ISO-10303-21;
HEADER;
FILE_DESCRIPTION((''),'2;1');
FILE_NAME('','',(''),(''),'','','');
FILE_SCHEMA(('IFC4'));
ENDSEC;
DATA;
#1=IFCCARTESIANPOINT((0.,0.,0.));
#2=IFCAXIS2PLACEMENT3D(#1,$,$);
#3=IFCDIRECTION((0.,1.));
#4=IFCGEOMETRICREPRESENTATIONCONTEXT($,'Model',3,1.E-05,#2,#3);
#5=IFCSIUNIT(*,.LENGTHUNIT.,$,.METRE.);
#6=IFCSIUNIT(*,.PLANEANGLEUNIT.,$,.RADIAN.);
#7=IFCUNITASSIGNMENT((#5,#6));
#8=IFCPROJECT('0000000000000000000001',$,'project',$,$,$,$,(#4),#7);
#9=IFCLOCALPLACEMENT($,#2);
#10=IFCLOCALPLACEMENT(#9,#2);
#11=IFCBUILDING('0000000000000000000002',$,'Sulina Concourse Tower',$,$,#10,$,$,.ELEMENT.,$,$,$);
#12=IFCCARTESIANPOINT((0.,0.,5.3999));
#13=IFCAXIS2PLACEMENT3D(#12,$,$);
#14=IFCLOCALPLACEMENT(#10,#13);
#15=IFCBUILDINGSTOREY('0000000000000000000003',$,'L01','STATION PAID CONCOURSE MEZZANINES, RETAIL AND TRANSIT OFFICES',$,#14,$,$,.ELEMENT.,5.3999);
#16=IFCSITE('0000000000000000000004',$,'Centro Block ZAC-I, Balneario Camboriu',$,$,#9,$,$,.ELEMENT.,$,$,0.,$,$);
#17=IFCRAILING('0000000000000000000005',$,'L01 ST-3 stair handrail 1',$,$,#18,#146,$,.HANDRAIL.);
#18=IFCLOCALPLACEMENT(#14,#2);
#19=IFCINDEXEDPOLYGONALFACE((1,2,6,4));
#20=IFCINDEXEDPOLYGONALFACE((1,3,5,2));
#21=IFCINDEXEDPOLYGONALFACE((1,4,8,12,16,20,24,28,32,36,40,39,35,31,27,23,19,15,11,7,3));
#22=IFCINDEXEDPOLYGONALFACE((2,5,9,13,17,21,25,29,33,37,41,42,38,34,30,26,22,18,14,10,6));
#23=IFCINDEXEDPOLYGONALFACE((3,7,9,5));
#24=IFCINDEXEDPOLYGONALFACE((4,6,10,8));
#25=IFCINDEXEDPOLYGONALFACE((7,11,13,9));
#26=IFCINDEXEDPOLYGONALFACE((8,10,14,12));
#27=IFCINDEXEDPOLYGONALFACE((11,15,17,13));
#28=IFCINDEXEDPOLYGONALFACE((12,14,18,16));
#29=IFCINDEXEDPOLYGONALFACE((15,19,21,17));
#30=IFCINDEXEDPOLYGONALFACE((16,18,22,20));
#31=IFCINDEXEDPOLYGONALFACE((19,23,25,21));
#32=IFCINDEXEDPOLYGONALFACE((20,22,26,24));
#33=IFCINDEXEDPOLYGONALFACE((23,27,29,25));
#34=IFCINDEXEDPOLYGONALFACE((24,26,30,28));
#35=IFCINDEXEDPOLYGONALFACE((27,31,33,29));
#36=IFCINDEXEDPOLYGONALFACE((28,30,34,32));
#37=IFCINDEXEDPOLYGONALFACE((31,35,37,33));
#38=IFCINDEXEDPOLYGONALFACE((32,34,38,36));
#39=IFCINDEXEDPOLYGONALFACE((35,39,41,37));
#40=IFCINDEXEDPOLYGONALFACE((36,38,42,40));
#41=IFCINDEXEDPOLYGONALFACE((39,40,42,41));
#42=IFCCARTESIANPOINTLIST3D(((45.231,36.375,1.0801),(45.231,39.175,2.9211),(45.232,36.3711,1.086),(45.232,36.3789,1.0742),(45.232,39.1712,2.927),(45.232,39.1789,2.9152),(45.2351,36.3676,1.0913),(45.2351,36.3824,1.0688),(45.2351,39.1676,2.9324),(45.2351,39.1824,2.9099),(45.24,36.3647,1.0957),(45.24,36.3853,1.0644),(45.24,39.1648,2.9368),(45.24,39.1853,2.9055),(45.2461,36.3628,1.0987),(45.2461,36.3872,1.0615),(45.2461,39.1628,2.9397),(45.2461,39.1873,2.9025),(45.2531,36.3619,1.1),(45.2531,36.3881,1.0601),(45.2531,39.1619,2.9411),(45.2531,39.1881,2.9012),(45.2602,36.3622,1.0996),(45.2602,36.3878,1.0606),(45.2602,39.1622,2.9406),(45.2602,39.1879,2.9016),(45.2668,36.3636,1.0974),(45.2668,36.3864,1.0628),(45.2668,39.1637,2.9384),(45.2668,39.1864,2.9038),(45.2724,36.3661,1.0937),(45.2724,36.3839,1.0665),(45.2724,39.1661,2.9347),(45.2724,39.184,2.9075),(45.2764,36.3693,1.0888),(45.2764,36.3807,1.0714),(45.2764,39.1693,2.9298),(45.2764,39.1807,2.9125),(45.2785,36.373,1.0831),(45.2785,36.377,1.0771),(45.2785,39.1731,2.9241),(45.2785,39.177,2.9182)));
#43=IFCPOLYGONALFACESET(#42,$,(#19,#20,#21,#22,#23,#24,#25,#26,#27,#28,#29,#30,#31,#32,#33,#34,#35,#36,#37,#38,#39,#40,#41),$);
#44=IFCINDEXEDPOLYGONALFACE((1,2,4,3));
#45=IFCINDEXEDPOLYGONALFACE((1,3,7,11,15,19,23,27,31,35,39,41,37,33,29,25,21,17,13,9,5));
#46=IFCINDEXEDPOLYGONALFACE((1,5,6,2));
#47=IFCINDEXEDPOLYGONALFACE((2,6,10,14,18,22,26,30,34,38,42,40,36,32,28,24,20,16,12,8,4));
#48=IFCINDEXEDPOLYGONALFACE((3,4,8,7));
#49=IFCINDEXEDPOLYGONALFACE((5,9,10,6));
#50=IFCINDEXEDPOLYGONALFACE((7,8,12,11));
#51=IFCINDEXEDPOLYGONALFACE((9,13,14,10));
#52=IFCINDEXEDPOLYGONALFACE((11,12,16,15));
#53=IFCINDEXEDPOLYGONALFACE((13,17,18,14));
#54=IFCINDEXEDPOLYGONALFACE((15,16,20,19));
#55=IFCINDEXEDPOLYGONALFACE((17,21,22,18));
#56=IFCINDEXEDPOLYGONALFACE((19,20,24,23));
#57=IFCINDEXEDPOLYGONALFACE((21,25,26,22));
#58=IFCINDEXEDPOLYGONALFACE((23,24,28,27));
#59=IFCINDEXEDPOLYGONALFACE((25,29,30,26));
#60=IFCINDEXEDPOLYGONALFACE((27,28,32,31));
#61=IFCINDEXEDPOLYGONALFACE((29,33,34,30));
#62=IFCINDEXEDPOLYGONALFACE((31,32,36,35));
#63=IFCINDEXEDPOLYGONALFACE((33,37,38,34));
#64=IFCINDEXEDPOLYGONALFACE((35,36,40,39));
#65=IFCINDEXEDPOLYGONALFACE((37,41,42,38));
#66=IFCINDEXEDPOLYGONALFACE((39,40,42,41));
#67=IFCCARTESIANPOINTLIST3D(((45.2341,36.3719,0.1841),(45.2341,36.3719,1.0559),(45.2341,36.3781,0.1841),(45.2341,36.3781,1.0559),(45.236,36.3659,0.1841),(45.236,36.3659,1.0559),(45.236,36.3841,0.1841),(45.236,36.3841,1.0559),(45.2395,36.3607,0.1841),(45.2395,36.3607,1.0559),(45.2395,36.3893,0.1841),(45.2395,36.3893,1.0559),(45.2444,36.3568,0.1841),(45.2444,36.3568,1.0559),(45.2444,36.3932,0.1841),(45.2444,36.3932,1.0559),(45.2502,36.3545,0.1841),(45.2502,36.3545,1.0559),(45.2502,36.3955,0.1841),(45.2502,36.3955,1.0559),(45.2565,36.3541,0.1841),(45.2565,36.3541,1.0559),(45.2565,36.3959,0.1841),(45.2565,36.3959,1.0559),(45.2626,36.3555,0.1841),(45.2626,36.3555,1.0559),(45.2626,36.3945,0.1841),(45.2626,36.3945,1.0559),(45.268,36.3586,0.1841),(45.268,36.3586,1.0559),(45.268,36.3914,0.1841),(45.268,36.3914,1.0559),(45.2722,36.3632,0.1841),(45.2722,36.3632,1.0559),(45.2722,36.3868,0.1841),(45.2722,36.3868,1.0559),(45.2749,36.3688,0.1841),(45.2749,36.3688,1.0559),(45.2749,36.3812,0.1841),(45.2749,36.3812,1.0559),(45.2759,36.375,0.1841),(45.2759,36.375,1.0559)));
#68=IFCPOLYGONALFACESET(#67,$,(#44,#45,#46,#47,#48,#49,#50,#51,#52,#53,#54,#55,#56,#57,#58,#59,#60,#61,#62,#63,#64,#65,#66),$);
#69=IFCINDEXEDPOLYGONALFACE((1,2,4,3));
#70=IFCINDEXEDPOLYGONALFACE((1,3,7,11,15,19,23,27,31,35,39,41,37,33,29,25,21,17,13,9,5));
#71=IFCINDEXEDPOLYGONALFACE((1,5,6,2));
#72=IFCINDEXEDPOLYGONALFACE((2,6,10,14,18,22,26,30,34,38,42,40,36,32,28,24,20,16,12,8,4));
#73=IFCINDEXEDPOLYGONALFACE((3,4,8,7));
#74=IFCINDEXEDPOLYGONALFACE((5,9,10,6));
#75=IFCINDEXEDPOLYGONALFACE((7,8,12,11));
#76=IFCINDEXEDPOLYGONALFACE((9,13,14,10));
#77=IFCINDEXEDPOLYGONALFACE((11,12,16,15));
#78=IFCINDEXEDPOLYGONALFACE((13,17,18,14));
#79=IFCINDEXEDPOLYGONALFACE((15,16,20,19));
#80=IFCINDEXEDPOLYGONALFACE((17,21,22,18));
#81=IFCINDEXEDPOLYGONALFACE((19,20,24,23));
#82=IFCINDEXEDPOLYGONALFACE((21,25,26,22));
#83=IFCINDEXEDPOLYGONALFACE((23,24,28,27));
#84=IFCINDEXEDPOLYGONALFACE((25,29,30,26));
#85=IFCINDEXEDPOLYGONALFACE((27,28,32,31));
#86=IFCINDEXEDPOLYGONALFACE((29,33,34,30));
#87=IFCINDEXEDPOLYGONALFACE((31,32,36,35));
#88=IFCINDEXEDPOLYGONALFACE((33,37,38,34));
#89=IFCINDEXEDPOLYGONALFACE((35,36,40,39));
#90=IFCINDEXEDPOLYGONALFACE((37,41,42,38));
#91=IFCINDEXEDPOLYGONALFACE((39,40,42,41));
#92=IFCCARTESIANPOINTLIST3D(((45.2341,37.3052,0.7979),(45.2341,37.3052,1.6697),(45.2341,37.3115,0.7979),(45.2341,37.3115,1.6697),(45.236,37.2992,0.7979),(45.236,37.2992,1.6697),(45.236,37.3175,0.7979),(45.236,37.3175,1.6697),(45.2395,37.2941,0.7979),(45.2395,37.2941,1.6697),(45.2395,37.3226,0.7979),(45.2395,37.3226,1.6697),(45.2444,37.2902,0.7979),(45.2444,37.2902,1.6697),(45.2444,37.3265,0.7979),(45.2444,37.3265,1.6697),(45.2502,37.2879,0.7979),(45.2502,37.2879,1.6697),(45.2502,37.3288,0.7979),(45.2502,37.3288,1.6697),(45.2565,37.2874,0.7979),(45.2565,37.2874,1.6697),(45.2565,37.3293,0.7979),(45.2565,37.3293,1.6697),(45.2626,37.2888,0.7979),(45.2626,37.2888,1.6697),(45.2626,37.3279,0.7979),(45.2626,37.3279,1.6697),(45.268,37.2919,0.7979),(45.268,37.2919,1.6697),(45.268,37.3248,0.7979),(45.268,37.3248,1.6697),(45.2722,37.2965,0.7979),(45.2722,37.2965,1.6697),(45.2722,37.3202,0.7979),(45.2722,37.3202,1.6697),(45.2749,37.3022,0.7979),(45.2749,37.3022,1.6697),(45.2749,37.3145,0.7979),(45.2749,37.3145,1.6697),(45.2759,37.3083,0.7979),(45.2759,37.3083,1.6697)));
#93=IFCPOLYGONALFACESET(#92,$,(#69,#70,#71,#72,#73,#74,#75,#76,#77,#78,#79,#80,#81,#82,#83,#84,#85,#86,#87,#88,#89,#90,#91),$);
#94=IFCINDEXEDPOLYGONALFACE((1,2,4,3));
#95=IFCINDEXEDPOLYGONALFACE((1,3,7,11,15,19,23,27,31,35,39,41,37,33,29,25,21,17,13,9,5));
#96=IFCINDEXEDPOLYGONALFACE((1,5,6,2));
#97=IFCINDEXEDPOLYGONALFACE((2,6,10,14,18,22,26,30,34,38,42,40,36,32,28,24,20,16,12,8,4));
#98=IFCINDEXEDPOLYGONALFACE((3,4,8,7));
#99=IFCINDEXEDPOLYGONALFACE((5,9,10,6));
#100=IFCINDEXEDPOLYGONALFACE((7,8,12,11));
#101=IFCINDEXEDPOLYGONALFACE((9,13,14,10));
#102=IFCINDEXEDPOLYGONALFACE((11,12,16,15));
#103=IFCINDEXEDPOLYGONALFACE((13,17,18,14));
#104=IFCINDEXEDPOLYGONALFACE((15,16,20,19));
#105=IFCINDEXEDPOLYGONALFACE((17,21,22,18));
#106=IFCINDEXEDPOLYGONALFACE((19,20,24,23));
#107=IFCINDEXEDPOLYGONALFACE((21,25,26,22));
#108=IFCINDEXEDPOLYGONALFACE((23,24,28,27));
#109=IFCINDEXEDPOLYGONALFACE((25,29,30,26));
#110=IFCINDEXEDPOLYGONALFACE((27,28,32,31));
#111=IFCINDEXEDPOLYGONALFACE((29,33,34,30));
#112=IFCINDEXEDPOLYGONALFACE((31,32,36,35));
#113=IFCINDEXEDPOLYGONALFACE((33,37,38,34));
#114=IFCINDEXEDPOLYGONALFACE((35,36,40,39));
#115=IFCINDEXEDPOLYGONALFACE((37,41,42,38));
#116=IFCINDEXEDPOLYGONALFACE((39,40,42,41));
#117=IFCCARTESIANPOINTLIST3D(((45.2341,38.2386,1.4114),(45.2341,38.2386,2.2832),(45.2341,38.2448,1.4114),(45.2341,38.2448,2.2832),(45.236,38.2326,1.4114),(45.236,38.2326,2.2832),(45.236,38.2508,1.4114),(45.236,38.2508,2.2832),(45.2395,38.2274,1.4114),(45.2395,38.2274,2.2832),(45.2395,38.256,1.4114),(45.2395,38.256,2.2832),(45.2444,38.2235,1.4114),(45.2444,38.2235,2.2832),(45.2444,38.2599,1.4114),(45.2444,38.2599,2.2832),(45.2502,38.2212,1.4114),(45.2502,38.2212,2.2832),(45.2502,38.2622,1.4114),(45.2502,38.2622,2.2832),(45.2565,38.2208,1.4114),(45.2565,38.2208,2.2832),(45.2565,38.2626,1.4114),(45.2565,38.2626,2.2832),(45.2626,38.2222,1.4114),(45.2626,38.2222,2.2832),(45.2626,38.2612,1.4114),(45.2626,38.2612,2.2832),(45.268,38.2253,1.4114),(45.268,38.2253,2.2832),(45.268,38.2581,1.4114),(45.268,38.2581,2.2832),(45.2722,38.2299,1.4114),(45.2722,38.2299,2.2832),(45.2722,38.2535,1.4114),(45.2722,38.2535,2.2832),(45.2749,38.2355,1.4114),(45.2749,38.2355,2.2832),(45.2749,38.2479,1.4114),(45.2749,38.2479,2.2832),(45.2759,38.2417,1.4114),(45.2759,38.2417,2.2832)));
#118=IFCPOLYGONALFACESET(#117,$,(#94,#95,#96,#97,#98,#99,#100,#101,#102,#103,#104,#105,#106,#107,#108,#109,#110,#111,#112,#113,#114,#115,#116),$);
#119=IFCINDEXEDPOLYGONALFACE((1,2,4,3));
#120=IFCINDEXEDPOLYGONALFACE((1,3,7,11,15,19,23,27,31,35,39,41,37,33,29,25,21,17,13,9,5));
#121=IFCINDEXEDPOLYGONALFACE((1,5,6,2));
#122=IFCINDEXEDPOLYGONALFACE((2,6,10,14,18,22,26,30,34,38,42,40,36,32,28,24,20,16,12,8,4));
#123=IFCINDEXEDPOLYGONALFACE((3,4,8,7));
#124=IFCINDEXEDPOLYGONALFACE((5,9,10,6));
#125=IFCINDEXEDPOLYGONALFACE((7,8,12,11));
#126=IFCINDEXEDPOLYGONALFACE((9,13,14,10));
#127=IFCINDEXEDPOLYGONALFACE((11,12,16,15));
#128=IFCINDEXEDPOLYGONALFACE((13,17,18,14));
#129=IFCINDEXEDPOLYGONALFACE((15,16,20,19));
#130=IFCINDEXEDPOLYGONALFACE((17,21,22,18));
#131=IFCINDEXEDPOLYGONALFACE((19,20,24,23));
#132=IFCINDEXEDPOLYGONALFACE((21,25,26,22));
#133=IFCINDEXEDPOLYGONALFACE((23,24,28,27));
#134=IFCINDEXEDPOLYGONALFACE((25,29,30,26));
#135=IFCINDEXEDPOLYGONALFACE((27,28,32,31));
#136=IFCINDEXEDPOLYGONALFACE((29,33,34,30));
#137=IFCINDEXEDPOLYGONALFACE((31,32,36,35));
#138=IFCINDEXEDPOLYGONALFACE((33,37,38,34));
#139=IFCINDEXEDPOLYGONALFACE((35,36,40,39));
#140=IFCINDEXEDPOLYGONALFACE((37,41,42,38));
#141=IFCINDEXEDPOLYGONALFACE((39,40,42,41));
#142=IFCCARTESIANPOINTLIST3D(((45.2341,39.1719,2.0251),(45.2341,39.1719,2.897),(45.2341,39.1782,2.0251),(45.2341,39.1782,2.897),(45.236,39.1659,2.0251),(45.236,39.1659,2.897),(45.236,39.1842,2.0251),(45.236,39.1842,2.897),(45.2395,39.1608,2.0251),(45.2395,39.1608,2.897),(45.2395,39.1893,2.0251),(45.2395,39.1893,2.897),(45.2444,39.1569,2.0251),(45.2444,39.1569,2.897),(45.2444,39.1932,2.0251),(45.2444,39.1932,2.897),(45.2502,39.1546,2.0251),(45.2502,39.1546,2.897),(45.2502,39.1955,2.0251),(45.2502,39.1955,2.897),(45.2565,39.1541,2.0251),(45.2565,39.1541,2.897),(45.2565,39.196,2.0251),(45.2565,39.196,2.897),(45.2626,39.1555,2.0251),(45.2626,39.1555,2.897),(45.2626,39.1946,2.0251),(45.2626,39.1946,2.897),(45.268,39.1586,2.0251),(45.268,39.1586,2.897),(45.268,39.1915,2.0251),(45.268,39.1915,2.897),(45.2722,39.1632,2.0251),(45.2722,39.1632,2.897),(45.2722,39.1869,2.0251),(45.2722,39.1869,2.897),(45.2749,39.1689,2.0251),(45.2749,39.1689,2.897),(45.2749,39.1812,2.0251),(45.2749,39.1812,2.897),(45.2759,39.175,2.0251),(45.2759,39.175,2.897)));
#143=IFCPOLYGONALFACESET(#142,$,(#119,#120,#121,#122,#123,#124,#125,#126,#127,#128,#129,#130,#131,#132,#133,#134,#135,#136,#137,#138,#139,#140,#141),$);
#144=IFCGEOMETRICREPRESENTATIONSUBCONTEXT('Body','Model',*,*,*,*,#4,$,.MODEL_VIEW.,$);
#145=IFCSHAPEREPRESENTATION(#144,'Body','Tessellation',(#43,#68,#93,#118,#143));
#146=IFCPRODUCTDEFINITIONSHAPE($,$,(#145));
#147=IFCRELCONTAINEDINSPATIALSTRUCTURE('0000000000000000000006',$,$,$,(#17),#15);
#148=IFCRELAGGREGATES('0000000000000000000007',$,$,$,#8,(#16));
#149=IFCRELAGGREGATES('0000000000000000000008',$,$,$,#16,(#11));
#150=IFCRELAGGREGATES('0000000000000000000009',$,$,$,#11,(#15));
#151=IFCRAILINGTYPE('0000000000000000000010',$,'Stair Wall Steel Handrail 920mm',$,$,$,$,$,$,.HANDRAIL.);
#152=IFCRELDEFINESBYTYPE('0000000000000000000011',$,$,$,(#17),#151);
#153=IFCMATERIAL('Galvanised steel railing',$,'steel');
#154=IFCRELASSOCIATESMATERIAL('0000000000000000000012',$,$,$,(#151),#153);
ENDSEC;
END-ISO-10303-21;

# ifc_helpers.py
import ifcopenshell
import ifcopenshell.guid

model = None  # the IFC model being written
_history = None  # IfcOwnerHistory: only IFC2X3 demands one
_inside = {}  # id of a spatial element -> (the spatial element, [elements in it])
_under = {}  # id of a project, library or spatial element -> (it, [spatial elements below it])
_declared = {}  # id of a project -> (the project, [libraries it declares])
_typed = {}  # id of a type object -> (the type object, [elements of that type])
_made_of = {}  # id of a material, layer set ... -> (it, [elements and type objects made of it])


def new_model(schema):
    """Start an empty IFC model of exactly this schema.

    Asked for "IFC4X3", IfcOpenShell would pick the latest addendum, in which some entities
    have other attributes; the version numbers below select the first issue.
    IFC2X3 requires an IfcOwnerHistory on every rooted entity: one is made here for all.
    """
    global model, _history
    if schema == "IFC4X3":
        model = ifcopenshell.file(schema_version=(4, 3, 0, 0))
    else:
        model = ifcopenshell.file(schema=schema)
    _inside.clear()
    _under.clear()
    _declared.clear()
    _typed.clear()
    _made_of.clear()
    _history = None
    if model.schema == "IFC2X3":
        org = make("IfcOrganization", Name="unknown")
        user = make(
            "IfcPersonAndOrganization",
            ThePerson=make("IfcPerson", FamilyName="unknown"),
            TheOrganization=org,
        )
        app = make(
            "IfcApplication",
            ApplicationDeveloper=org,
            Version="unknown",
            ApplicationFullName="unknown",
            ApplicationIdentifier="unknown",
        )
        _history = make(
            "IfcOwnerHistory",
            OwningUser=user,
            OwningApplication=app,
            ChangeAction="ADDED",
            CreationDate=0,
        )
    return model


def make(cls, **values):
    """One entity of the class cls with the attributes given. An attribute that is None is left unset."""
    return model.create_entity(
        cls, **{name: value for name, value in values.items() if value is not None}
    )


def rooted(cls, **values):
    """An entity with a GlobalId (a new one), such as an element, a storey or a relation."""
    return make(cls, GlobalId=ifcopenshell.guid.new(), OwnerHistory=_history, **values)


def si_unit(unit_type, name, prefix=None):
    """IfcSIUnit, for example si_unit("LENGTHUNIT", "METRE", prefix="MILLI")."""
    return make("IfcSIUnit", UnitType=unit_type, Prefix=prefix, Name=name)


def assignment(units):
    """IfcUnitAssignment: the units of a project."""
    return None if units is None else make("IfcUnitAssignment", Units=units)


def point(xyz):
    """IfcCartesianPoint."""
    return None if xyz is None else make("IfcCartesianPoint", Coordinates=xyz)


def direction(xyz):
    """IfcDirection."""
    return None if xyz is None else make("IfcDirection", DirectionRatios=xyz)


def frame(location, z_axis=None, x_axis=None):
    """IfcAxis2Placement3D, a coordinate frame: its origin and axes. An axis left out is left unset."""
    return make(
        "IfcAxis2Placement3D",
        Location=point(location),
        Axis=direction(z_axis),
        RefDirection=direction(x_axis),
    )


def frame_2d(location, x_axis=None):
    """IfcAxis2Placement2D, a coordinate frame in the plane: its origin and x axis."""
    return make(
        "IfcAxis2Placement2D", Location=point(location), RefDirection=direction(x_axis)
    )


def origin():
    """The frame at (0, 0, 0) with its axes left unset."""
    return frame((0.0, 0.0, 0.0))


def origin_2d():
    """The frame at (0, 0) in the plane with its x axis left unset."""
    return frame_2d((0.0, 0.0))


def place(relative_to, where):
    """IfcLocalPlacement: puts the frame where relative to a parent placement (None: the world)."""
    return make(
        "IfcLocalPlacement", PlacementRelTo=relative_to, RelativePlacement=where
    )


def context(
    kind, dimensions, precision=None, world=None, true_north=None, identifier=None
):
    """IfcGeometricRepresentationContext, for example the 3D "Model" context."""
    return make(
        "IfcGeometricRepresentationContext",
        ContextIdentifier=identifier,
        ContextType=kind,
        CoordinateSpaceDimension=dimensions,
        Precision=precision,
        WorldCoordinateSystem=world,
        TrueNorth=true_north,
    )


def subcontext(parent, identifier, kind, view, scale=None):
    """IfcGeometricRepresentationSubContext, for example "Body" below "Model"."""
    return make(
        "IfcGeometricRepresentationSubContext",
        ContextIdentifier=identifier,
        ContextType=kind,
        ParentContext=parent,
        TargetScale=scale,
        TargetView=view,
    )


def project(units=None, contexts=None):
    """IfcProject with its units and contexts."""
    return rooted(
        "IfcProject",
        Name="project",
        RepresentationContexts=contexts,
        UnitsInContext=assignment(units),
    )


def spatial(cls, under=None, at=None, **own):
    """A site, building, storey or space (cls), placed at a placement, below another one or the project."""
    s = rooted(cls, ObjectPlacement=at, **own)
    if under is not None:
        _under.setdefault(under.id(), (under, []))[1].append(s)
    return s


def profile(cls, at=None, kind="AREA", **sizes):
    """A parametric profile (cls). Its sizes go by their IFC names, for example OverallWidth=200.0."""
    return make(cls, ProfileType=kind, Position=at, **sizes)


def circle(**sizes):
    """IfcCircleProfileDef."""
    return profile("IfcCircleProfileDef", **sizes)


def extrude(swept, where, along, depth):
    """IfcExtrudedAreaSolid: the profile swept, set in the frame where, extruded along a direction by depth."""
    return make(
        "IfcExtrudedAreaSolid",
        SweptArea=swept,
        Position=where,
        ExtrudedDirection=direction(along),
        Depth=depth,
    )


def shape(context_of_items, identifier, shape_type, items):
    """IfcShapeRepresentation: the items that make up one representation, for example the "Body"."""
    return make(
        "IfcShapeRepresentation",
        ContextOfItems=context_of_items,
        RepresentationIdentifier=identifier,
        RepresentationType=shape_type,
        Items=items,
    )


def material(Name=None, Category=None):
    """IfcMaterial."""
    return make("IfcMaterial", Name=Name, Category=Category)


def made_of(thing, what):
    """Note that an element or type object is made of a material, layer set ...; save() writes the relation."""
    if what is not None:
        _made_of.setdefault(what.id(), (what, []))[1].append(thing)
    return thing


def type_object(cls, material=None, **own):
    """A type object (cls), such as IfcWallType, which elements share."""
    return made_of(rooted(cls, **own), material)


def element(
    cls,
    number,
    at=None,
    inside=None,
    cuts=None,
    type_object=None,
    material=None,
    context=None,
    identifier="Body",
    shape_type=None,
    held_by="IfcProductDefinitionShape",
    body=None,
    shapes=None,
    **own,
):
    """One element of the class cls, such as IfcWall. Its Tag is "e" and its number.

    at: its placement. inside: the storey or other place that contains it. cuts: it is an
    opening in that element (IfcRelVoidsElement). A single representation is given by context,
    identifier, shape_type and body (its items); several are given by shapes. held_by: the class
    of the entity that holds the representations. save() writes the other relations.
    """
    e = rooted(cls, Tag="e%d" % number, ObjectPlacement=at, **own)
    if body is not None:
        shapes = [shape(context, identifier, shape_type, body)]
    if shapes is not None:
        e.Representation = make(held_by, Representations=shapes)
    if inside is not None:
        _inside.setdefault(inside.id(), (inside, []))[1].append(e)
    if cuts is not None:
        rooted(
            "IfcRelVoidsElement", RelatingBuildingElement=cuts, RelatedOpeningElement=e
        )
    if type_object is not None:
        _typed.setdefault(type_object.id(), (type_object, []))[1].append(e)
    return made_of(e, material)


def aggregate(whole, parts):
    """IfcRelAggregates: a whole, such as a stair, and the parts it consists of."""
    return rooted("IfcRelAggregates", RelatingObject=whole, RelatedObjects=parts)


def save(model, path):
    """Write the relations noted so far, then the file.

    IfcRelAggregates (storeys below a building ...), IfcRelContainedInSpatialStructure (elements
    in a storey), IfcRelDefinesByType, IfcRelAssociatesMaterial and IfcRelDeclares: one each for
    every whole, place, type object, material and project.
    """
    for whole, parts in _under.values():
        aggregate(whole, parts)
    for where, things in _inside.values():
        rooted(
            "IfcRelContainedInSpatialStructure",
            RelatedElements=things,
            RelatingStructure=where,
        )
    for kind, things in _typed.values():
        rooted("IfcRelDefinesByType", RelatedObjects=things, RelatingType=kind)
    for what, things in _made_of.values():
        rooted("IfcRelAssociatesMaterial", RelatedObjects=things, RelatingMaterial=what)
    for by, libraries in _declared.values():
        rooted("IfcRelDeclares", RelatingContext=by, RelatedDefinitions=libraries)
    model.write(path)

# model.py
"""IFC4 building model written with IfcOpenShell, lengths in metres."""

from ifc_helpers import new_model, si_unit, direction, frame, origin, origin_2d, place, context, subcontext, project, spatial, circle, extrude, material, type_object, element, save


model = new_model("IFC4")

# Units and contexts
model_context = context("Model", 3, precision=1e-05, world=origin(), true_north=direction((0.0, 1.0)))
body_context = subcontext(model_context, "Body", "Model", "MODEL_VIEW")
ifc_project = project(units=[si_unit("LENGTHUNIT", "METRE"), si_unit("PLANEANGLEUNIT", "RADIAN")], contexts=[model_context])

# Site, building, storey
site_placement = place(None, origin())
site = spatial("IfcSite", under=ifc_project, at=site_placement, Name="Centro Block ZAC-I, Balneario Camboriu", CompositionType="ELEMENT", RefElevation=0.0)
building_placement = place(site_placement, origin())
building = spatial("IfcBuilding", under=site, at=building_placement, Name="Sulina Concourse Tower", CompositionType="ELEMENT")
storey_placement = place(building_placement, frame((0.0, 0.0, 5.3999)))
storey = spatial("IfcBuildingStorey", under=building, at=storey_placement, Name="L01", Description="STATION PAID CONCOURSE MEZZANINES, RETAIL AND TRANSIT OFFICES", CompositionType="ELEMENT", Elevation=5.3999)

# Railing
ifc_material_1 = material(Name="Galvanised steel railing", Category="steel")
railing_type_1 = type_object("IfcRailingType", Name="Stair Wall Steel Handrail 920mm", PredefinedType="HANDRAIL", material=ifc_material_1)
for number, where, name in (
    (1, (45.2549, 36.375, 0.1841), "L01 ST-3 stair handrail 1"),
):
    element("IfcRailing", number, at=place(storey_placement, frame(where)), inside=storey, type_object=railing_type_1, Name=name, PredefinedType="HANDRAIL", context=body_context, shape_type="SweptSolid", body=[
        extrude(circle(Radius=0.0239, at=origin_2d()), frame((0.0, 0.0, 0.896), z_axis=(0.0, 0.835564, 0.549393), x_axis=(-1.0, 0.0, 0.0)), (0.0, 0.0, 1.0), 3.3511),
        extrude(circle(Radius=0.021, at=origin_2d()), origin(), (0.0, 0.0, 1.0), 0.8718),
        extrude(circle(Radius=0.021, at=origin_2d()), frame((0.0, 0.9333, 0.6138)), (0.0, 0.0, 1.0), 0.8718),
        extrude(circle(Radius=0.021, at=origin_2d()), frame((0.0, 1.8667, 1.2273)), (0.0, 0.0, 1.0), 0.8718),
        extrude(circle(Radius=0.021, at=origin_2d()), frame((0.0, 2.8, 1.8411)), (0.0, 0.0, 1.0), 0.8718),
    ])

save(model, "model.ifc")
